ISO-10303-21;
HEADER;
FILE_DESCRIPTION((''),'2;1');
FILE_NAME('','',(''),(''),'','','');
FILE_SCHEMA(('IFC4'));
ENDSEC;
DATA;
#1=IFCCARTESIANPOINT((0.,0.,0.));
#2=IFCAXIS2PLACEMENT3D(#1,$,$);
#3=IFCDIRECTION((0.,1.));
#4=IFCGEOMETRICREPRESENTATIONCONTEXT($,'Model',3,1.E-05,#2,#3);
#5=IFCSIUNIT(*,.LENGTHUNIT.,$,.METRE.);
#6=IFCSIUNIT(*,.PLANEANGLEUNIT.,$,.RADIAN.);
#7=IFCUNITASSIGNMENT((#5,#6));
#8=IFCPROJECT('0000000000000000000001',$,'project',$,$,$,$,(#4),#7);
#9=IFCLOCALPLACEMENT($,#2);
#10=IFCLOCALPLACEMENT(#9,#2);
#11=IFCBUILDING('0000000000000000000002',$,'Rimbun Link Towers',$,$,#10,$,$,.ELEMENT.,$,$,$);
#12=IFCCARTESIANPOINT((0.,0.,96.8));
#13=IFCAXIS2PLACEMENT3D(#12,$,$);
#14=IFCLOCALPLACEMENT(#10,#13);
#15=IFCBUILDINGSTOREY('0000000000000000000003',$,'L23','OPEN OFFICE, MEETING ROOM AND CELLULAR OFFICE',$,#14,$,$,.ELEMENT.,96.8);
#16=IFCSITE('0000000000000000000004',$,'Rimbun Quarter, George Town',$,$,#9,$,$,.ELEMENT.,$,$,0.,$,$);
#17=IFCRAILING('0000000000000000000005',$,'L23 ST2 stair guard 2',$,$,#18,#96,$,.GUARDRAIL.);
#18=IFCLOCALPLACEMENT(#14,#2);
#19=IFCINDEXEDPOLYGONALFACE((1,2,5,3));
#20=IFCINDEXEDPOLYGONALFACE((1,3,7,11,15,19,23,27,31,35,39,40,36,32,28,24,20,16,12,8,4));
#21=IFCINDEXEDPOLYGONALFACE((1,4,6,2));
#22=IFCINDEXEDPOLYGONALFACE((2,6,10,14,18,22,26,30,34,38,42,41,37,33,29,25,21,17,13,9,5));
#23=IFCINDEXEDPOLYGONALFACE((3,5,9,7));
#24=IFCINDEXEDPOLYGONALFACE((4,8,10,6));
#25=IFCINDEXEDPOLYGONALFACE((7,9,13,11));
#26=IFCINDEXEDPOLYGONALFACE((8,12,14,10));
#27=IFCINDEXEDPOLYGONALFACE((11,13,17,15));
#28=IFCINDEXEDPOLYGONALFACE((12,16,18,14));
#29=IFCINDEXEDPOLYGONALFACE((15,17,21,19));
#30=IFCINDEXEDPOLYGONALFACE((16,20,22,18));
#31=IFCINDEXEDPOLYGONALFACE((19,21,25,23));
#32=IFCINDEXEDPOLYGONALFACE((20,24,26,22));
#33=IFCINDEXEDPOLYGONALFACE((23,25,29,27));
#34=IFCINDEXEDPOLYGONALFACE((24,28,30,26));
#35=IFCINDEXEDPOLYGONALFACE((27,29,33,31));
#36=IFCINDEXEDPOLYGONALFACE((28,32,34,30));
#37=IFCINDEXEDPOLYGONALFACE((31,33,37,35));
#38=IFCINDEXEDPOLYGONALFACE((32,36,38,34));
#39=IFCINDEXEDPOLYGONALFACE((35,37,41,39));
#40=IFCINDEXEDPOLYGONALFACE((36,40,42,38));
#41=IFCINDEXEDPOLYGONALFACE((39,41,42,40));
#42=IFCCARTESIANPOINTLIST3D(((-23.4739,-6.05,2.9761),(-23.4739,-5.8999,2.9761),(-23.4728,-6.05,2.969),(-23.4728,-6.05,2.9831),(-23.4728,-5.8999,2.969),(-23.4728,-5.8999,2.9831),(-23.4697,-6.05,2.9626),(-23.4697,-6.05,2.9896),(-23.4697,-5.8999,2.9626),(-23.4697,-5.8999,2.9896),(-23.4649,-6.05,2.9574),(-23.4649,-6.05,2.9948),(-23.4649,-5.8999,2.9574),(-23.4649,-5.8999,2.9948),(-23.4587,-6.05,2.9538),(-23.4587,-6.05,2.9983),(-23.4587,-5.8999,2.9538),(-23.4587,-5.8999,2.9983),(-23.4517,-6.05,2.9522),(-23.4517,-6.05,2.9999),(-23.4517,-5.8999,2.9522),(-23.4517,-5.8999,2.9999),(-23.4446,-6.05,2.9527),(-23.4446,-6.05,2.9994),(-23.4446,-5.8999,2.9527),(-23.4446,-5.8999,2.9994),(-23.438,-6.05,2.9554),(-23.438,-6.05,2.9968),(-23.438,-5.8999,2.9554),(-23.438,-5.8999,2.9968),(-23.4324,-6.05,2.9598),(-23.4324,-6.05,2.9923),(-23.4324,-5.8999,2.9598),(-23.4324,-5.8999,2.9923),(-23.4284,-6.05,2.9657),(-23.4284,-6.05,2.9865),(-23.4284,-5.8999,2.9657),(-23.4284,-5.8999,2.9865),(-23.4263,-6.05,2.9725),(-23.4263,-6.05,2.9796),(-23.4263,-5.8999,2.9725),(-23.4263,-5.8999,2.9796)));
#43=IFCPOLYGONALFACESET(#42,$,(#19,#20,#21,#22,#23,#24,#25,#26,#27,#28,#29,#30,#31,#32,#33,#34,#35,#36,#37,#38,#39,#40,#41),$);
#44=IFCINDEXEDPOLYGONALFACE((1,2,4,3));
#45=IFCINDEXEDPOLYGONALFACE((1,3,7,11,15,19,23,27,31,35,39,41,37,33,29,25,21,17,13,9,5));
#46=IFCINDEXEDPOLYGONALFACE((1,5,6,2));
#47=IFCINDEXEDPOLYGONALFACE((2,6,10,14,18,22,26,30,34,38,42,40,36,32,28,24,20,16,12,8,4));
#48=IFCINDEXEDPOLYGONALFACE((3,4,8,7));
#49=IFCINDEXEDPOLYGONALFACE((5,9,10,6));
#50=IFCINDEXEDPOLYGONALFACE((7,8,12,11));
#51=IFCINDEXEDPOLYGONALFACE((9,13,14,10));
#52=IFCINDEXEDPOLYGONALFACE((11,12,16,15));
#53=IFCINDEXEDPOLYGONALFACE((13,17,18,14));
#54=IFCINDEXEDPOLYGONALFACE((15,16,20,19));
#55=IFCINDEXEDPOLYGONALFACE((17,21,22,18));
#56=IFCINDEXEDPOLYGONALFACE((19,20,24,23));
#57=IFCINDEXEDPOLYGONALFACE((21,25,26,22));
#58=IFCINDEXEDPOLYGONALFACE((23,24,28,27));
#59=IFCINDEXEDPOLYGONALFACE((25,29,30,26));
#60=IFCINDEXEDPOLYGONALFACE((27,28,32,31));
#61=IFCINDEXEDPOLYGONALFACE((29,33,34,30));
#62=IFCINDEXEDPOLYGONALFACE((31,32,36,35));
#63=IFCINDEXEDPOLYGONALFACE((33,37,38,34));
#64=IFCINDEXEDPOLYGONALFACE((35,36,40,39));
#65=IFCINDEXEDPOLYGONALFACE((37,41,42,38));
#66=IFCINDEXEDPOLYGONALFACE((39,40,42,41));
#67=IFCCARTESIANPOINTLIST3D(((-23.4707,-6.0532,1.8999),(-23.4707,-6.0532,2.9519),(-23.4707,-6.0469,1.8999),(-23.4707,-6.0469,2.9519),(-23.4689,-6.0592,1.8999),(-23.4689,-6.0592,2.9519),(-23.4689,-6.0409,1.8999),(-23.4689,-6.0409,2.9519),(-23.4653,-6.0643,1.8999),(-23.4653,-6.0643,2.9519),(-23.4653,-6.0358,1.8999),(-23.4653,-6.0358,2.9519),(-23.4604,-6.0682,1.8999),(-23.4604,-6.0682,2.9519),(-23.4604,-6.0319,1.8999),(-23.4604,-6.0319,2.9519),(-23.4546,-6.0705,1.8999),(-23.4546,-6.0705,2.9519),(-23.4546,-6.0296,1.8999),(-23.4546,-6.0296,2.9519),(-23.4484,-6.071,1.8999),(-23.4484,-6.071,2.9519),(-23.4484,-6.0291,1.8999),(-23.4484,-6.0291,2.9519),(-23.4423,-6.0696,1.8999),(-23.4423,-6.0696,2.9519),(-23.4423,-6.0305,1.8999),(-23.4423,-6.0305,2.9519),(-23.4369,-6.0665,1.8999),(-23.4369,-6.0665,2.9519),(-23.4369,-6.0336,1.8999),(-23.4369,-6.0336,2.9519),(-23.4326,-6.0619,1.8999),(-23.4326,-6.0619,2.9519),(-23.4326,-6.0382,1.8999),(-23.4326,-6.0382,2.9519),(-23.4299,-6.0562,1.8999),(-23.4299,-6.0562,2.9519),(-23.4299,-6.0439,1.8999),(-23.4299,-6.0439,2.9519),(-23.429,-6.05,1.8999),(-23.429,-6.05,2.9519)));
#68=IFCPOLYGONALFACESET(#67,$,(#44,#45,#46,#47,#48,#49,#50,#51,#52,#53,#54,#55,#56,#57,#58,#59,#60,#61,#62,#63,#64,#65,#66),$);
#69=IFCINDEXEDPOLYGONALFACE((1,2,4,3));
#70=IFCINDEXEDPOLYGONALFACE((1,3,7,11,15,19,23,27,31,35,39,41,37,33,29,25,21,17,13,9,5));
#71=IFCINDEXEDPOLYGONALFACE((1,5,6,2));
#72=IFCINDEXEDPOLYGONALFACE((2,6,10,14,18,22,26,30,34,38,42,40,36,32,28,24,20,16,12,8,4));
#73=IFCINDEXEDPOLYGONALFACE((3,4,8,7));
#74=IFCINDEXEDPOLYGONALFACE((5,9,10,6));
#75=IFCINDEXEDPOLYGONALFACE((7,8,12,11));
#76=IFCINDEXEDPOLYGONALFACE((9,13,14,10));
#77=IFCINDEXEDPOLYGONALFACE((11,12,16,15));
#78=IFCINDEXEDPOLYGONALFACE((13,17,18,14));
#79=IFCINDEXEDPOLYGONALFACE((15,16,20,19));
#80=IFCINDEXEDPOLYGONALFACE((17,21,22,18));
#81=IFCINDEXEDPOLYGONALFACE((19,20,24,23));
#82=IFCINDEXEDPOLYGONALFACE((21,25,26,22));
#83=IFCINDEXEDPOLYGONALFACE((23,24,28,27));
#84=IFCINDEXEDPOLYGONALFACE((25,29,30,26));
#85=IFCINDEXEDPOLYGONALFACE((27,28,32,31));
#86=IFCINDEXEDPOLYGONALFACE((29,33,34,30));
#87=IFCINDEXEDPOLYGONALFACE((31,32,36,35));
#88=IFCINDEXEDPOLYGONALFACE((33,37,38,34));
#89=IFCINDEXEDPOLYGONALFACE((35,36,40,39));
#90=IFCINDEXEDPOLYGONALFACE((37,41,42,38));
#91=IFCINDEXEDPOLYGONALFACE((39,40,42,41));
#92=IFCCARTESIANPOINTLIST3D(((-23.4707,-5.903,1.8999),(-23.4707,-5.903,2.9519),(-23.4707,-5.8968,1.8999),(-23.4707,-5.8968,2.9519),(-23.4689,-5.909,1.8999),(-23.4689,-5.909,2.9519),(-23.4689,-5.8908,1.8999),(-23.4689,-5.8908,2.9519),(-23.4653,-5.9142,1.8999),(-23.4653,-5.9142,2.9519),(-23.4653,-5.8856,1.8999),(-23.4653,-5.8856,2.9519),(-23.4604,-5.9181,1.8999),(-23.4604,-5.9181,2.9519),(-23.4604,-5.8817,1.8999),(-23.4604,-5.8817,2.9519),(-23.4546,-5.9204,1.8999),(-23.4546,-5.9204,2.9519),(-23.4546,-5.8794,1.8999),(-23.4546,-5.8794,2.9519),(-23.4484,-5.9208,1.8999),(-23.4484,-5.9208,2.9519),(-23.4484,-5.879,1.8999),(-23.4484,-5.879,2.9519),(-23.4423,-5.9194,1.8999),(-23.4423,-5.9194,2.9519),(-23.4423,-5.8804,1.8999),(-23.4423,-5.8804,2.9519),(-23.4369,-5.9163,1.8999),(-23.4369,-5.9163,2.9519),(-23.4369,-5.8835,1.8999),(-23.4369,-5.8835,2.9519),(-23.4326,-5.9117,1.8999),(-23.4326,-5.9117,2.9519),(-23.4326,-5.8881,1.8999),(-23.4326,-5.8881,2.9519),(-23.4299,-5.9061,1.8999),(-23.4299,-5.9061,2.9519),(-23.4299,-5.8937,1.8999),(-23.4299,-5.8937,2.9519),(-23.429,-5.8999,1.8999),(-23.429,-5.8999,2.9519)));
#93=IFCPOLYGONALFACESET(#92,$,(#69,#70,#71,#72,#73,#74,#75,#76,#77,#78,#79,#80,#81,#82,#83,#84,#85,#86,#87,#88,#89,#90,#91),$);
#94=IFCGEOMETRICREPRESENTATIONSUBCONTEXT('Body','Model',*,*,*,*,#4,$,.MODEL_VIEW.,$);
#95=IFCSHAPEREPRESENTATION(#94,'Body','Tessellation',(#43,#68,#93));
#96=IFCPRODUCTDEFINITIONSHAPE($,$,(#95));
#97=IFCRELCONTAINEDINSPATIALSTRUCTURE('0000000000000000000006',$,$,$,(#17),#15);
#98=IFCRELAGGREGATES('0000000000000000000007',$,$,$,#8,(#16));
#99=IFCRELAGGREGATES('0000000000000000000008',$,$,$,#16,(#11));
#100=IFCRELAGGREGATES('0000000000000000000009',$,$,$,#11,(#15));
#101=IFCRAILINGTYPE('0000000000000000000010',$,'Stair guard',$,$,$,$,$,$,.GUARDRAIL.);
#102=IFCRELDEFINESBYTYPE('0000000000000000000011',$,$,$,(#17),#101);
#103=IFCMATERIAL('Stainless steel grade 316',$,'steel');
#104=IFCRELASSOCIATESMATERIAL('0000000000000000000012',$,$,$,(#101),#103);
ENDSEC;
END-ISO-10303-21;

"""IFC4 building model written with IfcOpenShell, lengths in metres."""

from ifc_helpers import new_model, si_unit, direction, frame, origin, origin_2d, place, context, subcontext, project, spatial, circle, extrude, material, type_object, element, save


model = new_model("IFC4")

# Units and contexts
model_context = context("Model", 3, precision=1e-05, world=origin(), true_north=direction((0.0, 1.0)))
body_context = subcontext(model_context, "Body", "Model", "MODEL_VIEW")
ifc_project = project(units=[si_unit("LENGTHUNIT", "METRE"), si_unit("PLANEANGLEUNIT", "RADIAN")], contexts=[model_context])

# Site, building, storey
site_placement = place(None, origin())
site = spatial("IfcSite", under=ifc_project, at=site_placement, Name="Rimbun Quarter, George Town", CompositionType="ELEMENT", RefElevation=0.0)
building_placement = place(site_placement, origin())
building = spatial("IfcBuilding", under=site, at=building_placement, Name="Rimbun Link Towers", CompositionType="ELEMENT")
storey_placement = place(building_placement, frame((0.0, 0.0, 96.8)))
storey = spatial("IfcBuildingStorey", under=building, at=storey_placement, Name="L23", Description="OPEN OFFICE, MEETING ROOM AND CELLULAR OFFICE", CompositionType="ELEMENT", Elevation=96.8)

# Railing
ifc_material_1 = material(Name="Stainless steel grade 316", Category="steel")
railing_type_1 = type_object("IfcRailingType", Name="Stair guard", PredefinedType="GUARDRAIL", material=ifc_material_1)
railing_1_placement = place(storey_placement, frame((-23.45, -6.05, 1.8999)))
element("IfcRailing", 1, at=railing_1_placement, inside=storey, type_object=railing_type_1, Name="L23 ST2 stair guard 2", PredefinedType="GUARDRAIL", context=body_context, shape_type="SweptSolid", body=[
    extrude(circle(Radius=0.0239, at=origin_2d()), frame((0.0, 0.0, 1.0762), z_axis=(0.0, 1.0, 0.0), x_axis=(-1.0, 0.0, 0.0)), (0.0, 0.0, 1.0), 0.1501),
    extrude(circle(Radius=0.021, at=origin_2d()), origin(), (0.0, 0.0, 1.0), 1.052),
    extrude(circle(Radius=0.021, at=origin_2d()), frame((0.0, 0.1501, 0.0)), (0.0, 0.0, 1.0), 1.052),
])

save(model, "model.ifc")
